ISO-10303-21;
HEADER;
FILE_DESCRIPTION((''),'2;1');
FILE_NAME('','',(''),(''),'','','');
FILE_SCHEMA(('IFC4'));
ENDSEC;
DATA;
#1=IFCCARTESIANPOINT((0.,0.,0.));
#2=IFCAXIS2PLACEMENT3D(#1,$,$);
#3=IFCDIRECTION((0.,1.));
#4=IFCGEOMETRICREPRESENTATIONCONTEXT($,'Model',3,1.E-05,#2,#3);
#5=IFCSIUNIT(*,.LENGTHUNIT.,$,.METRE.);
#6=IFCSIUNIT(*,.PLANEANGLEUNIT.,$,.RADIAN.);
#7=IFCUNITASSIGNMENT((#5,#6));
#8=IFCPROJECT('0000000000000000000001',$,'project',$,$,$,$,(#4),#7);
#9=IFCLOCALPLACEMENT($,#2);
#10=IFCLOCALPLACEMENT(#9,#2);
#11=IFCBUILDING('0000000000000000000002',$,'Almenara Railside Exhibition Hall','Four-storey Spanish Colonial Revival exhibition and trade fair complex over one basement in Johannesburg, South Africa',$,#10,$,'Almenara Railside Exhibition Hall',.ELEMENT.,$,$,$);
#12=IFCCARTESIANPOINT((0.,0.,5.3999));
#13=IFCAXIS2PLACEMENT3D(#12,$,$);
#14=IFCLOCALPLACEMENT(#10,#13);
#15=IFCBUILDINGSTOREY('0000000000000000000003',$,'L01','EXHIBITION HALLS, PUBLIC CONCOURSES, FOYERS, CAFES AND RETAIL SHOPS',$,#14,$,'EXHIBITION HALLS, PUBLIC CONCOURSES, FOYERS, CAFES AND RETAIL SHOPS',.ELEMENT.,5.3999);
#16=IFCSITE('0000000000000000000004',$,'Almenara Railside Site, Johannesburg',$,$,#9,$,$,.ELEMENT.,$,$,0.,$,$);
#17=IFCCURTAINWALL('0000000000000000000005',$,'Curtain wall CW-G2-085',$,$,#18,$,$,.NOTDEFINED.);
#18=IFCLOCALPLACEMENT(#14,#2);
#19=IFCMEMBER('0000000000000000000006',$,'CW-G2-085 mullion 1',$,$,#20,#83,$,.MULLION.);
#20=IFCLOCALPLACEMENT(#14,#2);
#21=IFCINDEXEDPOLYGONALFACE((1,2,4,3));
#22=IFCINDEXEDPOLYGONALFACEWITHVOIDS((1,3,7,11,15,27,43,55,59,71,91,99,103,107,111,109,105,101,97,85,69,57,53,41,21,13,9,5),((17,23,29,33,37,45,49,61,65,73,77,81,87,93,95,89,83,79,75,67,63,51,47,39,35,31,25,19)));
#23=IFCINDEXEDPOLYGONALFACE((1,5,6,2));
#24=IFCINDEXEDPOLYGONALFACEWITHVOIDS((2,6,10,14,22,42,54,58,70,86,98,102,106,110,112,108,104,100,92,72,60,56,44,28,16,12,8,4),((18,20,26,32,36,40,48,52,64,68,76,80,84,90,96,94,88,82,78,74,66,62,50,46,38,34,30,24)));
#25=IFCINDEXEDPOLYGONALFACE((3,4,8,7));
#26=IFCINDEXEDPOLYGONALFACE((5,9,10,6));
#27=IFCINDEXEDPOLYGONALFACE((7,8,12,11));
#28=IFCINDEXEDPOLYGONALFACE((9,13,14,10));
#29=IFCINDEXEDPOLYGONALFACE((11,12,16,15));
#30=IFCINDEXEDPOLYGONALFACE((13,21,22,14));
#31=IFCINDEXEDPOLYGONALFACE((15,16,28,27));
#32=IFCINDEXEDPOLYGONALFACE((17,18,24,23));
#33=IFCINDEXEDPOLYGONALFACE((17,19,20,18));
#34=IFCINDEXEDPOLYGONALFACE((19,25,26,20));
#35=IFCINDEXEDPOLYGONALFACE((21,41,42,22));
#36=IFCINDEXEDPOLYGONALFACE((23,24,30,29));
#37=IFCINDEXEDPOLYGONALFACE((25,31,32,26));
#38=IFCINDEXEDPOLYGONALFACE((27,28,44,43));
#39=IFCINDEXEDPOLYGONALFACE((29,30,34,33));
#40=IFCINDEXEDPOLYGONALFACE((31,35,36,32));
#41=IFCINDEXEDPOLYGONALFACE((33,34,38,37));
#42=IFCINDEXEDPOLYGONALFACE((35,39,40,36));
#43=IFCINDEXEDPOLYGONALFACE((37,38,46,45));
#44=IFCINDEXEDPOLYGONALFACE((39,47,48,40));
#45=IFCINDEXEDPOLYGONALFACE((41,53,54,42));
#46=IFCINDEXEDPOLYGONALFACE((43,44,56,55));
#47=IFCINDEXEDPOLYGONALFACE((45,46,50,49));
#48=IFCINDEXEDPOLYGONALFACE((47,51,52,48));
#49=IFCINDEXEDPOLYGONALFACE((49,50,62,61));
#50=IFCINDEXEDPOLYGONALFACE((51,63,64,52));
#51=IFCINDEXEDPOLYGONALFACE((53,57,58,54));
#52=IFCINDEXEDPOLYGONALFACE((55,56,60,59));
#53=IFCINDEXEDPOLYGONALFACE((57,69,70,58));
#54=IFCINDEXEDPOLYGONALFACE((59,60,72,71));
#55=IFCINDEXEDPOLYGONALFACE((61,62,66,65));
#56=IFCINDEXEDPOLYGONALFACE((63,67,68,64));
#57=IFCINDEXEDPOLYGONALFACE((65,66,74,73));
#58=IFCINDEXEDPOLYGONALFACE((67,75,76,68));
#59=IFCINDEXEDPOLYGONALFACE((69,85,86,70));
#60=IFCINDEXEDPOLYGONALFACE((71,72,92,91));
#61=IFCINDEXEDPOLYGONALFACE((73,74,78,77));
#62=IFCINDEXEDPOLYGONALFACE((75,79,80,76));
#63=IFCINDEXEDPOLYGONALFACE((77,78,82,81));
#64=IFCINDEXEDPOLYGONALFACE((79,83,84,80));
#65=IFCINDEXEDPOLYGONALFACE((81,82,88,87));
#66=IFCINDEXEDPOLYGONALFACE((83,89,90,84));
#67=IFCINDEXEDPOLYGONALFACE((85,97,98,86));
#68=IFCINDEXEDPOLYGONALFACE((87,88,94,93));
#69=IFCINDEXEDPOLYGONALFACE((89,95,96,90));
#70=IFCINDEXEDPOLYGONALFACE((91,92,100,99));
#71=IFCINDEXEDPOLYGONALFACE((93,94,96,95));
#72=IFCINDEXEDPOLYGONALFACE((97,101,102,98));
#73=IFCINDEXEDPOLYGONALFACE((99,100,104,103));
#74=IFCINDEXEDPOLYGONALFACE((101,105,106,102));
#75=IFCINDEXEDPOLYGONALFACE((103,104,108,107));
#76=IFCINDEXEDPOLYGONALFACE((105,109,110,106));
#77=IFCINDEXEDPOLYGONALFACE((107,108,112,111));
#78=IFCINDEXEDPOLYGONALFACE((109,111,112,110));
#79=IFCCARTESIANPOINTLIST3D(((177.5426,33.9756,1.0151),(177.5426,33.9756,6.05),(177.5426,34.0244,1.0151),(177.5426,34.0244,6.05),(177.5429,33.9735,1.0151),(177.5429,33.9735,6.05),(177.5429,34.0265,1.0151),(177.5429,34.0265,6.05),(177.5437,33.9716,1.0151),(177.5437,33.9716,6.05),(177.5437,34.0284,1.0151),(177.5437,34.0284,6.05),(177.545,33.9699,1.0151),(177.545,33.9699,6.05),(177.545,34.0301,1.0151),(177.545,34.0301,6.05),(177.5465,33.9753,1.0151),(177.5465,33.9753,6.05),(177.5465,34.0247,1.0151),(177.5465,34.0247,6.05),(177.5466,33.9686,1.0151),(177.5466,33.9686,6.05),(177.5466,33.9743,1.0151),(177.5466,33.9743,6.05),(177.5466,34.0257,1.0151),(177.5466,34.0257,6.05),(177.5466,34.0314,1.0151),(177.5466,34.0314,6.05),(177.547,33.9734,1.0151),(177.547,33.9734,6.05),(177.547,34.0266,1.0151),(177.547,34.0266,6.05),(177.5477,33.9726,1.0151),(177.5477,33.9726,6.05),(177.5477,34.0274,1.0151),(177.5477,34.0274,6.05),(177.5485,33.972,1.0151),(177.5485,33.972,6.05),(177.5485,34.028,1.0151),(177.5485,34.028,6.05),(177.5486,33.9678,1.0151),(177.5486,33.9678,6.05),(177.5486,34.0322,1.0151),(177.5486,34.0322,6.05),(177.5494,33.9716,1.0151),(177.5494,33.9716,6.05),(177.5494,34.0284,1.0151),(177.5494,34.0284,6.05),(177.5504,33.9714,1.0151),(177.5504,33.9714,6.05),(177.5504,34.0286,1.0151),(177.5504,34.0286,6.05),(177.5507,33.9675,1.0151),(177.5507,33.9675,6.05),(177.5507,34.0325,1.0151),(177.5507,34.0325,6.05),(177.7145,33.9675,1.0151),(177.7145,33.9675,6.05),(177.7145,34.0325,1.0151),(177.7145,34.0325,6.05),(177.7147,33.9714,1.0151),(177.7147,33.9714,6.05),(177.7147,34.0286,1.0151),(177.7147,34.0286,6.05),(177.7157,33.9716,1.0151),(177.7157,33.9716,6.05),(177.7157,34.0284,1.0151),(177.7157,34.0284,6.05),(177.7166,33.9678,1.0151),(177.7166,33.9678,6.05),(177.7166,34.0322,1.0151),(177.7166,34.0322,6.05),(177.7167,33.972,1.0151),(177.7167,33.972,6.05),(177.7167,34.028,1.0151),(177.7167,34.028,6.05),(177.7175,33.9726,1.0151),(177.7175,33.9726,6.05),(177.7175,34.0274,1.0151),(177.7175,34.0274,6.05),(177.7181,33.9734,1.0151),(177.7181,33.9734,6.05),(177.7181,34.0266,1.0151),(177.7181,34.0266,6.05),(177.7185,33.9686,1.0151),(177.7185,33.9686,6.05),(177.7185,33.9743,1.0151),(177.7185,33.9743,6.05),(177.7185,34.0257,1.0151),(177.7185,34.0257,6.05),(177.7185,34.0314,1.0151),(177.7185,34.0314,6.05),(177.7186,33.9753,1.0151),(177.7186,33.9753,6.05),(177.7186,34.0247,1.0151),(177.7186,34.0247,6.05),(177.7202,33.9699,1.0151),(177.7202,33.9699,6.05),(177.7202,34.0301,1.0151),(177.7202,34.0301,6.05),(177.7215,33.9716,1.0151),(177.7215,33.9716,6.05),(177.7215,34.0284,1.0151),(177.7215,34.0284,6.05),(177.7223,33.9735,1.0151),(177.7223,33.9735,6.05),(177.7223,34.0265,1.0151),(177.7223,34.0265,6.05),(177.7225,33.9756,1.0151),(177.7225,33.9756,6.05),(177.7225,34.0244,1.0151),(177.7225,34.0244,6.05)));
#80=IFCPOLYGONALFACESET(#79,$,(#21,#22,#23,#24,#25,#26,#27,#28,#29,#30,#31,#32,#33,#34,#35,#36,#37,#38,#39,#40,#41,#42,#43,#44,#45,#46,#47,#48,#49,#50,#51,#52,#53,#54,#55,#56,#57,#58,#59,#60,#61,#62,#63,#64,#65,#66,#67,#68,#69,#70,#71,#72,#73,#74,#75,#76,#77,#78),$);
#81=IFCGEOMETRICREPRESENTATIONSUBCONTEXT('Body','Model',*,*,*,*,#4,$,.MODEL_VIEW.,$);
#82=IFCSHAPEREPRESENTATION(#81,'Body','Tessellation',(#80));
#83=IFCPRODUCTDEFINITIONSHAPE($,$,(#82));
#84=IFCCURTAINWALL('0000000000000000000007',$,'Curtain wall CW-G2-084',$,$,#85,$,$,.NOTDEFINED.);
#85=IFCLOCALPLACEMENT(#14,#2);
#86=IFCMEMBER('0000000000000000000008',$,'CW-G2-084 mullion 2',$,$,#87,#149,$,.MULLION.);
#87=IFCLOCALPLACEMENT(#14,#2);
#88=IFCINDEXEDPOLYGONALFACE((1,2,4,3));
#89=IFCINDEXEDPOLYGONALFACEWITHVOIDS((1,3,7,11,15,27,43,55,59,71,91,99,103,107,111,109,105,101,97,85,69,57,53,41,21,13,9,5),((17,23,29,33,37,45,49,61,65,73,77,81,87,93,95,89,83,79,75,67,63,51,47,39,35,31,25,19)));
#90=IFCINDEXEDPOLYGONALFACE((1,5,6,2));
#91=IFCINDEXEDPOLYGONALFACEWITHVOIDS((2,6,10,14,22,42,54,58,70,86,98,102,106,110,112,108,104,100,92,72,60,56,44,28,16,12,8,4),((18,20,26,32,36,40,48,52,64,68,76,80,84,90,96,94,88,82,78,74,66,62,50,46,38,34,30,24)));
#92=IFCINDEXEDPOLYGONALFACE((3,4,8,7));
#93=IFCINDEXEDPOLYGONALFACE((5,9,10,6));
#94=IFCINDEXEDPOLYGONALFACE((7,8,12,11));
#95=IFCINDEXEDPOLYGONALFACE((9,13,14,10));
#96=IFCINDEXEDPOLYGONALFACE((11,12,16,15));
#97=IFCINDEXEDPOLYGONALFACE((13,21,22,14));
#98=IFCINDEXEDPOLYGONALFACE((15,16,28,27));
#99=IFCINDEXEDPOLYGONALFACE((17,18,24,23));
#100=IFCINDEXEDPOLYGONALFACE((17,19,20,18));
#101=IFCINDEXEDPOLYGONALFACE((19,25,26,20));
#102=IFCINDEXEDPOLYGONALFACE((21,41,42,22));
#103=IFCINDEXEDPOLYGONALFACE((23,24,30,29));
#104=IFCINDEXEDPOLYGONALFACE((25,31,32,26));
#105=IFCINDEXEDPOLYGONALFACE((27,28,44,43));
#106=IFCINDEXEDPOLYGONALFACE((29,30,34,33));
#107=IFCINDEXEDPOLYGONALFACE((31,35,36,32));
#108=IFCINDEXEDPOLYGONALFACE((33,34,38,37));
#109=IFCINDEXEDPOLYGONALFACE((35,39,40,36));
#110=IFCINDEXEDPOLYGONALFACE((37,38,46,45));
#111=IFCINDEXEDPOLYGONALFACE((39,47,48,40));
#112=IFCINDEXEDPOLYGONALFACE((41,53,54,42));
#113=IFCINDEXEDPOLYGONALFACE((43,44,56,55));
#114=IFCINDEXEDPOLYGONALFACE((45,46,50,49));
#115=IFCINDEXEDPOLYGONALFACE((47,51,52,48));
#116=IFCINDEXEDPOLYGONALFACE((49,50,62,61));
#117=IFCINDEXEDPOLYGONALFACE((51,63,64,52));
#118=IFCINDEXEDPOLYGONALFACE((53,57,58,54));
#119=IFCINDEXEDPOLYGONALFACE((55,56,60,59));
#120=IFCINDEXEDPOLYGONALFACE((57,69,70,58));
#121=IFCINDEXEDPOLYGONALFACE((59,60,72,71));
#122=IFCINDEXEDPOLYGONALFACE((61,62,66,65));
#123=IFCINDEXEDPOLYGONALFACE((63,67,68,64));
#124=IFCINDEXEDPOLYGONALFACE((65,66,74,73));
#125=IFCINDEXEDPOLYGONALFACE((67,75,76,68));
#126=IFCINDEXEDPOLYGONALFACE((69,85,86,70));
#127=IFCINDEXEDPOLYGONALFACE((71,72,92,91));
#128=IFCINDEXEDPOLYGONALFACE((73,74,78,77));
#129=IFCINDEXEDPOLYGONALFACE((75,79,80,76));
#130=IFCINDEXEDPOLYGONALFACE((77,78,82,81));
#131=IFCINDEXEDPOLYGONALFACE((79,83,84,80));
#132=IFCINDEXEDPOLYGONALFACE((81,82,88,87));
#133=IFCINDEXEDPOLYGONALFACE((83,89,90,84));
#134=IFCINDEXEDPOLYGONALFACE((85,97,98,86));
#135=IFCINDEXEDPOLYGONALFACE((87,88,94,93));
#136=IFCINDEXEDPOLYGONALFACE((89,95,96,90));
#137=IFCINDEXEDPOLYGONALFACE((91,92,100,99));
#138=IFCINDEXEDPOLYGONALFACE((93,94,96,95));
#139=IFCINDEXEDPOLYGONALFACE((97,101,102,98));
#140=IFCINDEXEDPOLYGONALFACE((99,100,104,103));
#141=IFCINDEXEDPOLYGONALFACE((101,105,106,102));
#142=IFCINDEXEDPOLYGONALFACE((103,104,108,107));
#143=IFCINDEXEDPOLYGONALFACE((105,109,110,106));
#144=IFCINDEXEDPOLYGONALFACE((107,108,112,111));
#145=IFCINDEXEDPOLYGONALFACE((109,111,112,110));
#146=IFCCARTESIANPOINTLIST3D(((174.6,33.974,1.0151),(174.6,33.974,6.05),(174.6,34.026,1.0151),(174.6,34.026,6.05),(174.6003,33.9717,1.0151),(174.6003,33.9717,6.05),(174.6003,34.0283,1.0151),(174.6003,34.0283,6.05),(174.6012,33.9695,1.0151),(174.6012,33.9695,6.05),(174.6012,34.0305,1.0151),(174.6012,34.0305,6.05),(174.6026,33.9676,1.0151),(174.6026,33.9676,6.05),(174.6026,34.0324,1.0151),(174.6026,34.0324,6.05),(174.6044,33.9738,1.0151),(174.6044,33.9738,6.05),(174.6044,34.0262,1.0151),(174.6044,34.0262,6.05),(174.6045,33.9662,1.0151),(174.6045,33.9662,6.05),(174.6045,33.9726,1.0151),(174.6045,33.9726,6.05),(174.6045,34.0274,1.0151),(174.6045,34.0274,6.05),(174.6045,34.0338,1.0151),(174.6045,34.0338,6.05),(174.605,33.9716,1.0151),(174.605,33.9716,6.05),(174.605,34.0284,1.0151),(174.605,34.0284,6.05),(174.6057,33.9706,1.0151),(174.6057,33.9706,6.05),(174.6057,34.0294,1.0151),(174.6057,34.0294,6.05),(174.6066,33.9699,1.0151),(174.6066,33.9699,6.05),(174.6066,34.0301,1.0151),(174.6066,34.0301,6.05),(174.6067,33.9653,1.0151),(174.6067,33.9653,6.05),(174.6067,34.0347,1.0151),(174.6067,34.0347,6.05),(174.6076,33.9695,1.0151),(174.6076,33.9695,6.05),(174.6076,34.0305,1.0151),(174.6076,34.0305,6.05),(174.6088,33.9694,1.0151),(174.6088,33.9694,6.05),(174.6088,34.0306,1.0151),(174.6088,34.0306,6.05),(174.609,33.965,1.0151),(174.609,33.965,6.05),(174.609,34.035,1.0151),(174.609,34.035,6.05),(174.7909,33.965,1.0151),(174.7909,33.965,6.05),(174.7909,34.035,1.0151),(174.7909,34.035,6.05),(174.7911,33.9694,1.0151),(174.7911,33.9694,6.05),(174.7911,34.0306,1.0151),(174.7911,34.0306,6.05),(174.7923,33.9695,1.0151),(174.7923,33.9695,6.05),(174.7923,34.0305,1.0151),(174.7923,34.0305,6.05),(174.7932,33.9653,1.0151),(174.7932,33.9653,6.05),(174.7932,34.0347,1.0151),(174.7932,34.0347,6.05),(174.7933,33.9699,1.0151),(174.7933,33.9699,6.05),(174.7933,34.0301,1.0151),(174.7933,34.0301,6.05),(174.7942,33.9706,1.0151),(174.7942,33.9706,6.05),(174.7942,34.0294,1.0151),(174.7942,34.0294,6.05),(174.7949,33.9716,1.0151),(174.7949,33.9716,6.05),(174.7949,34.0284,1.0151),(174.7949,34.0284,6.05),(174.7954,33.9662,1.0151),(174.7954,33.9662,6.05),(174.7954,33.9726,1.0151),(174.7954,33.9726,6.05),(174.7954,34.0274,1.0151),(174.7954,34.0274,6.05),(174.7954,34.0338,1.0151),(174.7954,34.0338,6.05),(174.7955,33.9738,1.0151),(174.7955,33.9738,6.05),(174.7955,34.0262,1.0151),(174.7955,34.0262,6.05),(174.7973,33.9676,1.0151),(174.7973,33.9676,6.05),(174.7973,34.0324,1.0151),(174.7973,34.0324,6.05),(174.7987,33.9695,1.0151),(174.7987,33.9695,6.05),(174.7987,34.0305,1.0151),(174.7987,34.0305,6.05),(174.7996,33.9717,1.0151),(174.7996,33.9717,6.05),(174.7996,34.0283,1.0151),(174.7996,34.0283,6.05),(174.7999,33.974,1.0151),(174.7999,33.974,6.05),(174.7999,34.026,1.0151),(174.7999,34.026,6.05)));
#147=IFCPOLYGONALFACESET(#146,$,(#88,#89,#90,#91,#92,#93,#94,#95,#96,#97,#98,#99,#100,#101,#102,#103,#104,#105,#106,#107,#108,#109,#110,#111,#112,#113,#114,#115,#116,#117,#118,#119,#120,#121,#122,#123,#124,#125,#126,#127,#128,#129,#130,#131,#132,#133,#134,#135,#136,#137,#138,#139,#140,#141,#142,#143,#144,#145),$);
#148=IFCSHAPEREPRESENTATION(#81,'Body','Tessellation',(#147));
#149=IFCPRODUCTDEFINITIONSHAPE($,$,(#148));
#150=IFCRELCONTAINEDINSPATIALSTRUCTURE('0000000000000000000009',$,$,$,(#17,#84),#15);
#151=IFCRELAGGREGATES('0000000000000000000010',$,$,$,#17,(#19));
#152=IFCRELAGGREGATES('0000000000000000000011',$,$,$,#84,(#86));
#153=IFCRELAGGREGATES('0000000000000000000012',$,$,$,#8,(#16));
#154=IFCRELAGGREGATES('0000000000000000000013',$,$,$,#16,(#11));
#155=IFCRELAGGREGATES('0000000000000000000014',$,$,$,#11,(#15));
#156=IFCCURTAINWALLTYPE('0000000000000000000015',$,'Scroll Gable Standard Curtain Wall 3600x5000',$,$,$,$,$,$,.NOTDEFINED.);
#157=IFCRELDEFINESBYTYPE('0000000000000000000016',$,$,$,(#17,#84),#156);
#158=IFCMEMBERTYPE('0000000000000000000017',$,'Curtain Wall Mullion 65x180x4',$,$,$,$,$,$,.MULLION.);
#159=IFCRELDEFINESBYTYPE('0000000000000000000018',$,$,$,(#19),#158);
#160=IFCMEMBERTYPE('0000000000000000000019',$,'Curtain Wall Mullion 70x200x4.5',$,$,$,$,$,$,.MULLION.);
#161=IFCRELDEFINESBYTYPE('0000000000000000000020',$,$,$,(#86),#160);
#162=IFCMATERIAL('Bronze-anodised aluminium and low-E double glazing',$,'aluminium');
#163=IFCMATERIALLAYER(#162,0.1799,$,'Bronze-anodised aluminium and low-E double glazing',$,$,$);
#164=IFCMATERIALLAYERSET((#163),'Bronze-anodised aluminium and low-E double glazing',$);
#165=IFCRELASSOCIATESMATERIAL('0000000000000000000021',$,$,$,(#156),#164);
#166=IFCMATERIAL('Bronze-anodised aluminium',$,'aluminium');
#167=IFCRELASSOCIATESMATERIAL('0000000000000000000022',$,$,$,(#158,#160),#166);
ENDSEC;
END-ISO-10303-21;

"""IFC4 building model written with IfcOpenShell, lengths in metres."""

from ifc_helpers import new_model, si_unit, direction, frame, origin, origin_2d, place, context, subcontext, project, spatial, hollow_rectangle, extrude, material, layer, layer_set, material_profile, profile_set, type_object, element, aggregate, save


model = new_model("IFC4")

# Units and contexts
model_context = context("Model", 3, precision=1e-05, world=origin(), true_north=direction((0.0, 1.0)))
body_context = subcontext(model_context, "Body", "Model", "MODEL_VIEW")
ifc_project = project(units=[si_unit("LENGTHUNIT", "METRE"), si_unit("PLANEANGLEUNIT", "RADIAN")], contexts=[model_context])

# Site, building, storey
site_placement = place(None, origin())
site = spatial("IfcSite", under=ifc_project, at=site_placement, Name="Almenara Railside Site, Johannesburg", CompositionType="ELEMENT", RefElevation=0.0)
building_placement = place(site_placement, origin())
building = spatial("IfcBuilding", under=site, at=building_placement, Name="Almenara Railside Exhibition Hall", Description="Four-storey Spanish Colonial Revival exhibition and trade fair complex over one basement in Johannesburg, South Africa", LongName="Almenara Railside Exhibition Hall", CompositionType="ELEMENT")
storey_placement = place(building_placement, frame((0.0, 0.0, 5.3999)))
storey = spatial("IfcBuildingStorey", under=building, at=storey_placement, Name="L01", Description="EXHIBITION HALLS, PUBLIC CONCOURSES, FOYERS, CAFES AND RETAIL SHOPS", LongName="EXHIBITION HALLS, PUBLIC CONCOURSES, FOYERS, CAFES AND RETAIL SHOPS", CompositionType="ELEMENT", Elevation=5.3999)

# Curtain wall, member
ifc_material_1 = material(Name="Bronze-anodised aluminium and low-E double glazing", Category="aluminium")
ifc_layer_1 = layer(ifc_material_1, 0.1799, Name="Bronze-anodised aluminium and low-E double glazing")
ifc_layer_set_1 = layer_set([ifc_layer_1], Name="Bronze-anodised aluminium and low-E double glazing")
curtain_wall_type = type_object("IfcCurtainWallType", Name="Scroll Gable Standard Curtain Wall 3600x5000", PredefinedType="NOTDEFINED", material=ifc_layer_set_1)
curtain_wall_1_placement = place(storey_placement, origin())
curtain_wall_1 = element("IfcCurtainWall", 1, at=curtain_wall_1_placement, inside=storey, type_object=curtain_wall_type, Name="Curtain wall CW-G2-085", PredefinedType="NOTDEFINED")
ifc_material_2 = material(Name="Bronze-anodised aluminium", Category="aluminium")
ifc_material_profile_1 = material_profile(ifc_material_2, hollow_rectangle(XDim=0.0649, YDim=0.1799, WallThickness=0.0039, InnerFilletRadius=0.0039, OuterFilletRadius=0.0081, at=origin_2d()), Name="ALU-MUL 65x180x4")
ifc_profile_set_1 = profile_set([ifc_material_profile_1], Name="Bronze-anodised aluminium")
member_type_1 = type_object("IfcMemberType", Name="Curtain Wall Mullion 65x180x4", PredefinedType="MULLION", material=ifc_profile_set_1)
member_1_placement = place(storey_placement, frame((177.6326, 34.0, 1.0151), z_axis=(0.0, 0.0, 1.0), x_axis=(0.0, 1.0, 0.0)))
member_1 = element("IfcMember", 2, at=member_1_placement, type_object=member_type_1, Name="CW-G2-085 mullion 1", PredefinedType="MULLION", context=body_context, shape_type="SweptSolid", body=[
    extrude(hollow_rectangle(XDim=0.0649, YDim=0.1799, WallThickness=0.0039, InnerFilletRadius=0.0039, OuterFilletRadius=0.0081, at=origin_2d()), origin(), (0.0, 0.0, 1.0), 5.0349),
])

# Curtain wall, member
curtain_wall_2_placement = place(storey_placement, origin())
curtain_wall_2 = element("IfcCurtainWall", 3, at=curtain_wall_2_placement, inside=storey, type_object=curtain_wall_type, Name="Curtain wall CW-G2-084", PredefinedType="NOTDEFINED")
ifc_material_profile_2 = material_profile(ifc_material_2, hollow_rectangle(XDim=0.0701, YDim=0.2, WallThickness=0.0044, InnerFilletRadius=0.0044, OuterFilletRadius=0.009, at=origin_2d()), Name="ALU-MUL 70x200x4.5")
ifc_profile_set_2 = profile_set([ifc_material_profile_2], Name="Bronze-anodised aluminium")
member_type_2 = type_object("IfcMemberType", Name="Curtain Wall Mullion 70x200x4.5", PredefinedType="MULLION", material=ifc_profile_set_2)
member_2_placement = place(storey_placement, frame((174.7, 34.0, 1.0151), z_axis=(0.0, 0.0, 1.0), x_axis=(0.0, 1.0, 0.0)))
member_2 = element("IfcMember", 4, at=member_2_placement, type_object=member_type_2, Name="CW-G2-084 mullion 2", PredefinedType="MULLION", context=body_context, shape_type="SweptSolid", body=[
    extrude(hollow_rectangle(XDim=0.0701, YDim=0.2, WallThickness=0.0044, InnerFilletRadius=0.0044, OuterFilletRadius=0.009, at=origin_2d()), origin(), (0.0, 0.0, 1.0), 5.0349),
])

aggregate(curtain_wall_1, [member_1])
aggregate(curtain_wall_2, [member_2])

save(model, "model.ifc")
